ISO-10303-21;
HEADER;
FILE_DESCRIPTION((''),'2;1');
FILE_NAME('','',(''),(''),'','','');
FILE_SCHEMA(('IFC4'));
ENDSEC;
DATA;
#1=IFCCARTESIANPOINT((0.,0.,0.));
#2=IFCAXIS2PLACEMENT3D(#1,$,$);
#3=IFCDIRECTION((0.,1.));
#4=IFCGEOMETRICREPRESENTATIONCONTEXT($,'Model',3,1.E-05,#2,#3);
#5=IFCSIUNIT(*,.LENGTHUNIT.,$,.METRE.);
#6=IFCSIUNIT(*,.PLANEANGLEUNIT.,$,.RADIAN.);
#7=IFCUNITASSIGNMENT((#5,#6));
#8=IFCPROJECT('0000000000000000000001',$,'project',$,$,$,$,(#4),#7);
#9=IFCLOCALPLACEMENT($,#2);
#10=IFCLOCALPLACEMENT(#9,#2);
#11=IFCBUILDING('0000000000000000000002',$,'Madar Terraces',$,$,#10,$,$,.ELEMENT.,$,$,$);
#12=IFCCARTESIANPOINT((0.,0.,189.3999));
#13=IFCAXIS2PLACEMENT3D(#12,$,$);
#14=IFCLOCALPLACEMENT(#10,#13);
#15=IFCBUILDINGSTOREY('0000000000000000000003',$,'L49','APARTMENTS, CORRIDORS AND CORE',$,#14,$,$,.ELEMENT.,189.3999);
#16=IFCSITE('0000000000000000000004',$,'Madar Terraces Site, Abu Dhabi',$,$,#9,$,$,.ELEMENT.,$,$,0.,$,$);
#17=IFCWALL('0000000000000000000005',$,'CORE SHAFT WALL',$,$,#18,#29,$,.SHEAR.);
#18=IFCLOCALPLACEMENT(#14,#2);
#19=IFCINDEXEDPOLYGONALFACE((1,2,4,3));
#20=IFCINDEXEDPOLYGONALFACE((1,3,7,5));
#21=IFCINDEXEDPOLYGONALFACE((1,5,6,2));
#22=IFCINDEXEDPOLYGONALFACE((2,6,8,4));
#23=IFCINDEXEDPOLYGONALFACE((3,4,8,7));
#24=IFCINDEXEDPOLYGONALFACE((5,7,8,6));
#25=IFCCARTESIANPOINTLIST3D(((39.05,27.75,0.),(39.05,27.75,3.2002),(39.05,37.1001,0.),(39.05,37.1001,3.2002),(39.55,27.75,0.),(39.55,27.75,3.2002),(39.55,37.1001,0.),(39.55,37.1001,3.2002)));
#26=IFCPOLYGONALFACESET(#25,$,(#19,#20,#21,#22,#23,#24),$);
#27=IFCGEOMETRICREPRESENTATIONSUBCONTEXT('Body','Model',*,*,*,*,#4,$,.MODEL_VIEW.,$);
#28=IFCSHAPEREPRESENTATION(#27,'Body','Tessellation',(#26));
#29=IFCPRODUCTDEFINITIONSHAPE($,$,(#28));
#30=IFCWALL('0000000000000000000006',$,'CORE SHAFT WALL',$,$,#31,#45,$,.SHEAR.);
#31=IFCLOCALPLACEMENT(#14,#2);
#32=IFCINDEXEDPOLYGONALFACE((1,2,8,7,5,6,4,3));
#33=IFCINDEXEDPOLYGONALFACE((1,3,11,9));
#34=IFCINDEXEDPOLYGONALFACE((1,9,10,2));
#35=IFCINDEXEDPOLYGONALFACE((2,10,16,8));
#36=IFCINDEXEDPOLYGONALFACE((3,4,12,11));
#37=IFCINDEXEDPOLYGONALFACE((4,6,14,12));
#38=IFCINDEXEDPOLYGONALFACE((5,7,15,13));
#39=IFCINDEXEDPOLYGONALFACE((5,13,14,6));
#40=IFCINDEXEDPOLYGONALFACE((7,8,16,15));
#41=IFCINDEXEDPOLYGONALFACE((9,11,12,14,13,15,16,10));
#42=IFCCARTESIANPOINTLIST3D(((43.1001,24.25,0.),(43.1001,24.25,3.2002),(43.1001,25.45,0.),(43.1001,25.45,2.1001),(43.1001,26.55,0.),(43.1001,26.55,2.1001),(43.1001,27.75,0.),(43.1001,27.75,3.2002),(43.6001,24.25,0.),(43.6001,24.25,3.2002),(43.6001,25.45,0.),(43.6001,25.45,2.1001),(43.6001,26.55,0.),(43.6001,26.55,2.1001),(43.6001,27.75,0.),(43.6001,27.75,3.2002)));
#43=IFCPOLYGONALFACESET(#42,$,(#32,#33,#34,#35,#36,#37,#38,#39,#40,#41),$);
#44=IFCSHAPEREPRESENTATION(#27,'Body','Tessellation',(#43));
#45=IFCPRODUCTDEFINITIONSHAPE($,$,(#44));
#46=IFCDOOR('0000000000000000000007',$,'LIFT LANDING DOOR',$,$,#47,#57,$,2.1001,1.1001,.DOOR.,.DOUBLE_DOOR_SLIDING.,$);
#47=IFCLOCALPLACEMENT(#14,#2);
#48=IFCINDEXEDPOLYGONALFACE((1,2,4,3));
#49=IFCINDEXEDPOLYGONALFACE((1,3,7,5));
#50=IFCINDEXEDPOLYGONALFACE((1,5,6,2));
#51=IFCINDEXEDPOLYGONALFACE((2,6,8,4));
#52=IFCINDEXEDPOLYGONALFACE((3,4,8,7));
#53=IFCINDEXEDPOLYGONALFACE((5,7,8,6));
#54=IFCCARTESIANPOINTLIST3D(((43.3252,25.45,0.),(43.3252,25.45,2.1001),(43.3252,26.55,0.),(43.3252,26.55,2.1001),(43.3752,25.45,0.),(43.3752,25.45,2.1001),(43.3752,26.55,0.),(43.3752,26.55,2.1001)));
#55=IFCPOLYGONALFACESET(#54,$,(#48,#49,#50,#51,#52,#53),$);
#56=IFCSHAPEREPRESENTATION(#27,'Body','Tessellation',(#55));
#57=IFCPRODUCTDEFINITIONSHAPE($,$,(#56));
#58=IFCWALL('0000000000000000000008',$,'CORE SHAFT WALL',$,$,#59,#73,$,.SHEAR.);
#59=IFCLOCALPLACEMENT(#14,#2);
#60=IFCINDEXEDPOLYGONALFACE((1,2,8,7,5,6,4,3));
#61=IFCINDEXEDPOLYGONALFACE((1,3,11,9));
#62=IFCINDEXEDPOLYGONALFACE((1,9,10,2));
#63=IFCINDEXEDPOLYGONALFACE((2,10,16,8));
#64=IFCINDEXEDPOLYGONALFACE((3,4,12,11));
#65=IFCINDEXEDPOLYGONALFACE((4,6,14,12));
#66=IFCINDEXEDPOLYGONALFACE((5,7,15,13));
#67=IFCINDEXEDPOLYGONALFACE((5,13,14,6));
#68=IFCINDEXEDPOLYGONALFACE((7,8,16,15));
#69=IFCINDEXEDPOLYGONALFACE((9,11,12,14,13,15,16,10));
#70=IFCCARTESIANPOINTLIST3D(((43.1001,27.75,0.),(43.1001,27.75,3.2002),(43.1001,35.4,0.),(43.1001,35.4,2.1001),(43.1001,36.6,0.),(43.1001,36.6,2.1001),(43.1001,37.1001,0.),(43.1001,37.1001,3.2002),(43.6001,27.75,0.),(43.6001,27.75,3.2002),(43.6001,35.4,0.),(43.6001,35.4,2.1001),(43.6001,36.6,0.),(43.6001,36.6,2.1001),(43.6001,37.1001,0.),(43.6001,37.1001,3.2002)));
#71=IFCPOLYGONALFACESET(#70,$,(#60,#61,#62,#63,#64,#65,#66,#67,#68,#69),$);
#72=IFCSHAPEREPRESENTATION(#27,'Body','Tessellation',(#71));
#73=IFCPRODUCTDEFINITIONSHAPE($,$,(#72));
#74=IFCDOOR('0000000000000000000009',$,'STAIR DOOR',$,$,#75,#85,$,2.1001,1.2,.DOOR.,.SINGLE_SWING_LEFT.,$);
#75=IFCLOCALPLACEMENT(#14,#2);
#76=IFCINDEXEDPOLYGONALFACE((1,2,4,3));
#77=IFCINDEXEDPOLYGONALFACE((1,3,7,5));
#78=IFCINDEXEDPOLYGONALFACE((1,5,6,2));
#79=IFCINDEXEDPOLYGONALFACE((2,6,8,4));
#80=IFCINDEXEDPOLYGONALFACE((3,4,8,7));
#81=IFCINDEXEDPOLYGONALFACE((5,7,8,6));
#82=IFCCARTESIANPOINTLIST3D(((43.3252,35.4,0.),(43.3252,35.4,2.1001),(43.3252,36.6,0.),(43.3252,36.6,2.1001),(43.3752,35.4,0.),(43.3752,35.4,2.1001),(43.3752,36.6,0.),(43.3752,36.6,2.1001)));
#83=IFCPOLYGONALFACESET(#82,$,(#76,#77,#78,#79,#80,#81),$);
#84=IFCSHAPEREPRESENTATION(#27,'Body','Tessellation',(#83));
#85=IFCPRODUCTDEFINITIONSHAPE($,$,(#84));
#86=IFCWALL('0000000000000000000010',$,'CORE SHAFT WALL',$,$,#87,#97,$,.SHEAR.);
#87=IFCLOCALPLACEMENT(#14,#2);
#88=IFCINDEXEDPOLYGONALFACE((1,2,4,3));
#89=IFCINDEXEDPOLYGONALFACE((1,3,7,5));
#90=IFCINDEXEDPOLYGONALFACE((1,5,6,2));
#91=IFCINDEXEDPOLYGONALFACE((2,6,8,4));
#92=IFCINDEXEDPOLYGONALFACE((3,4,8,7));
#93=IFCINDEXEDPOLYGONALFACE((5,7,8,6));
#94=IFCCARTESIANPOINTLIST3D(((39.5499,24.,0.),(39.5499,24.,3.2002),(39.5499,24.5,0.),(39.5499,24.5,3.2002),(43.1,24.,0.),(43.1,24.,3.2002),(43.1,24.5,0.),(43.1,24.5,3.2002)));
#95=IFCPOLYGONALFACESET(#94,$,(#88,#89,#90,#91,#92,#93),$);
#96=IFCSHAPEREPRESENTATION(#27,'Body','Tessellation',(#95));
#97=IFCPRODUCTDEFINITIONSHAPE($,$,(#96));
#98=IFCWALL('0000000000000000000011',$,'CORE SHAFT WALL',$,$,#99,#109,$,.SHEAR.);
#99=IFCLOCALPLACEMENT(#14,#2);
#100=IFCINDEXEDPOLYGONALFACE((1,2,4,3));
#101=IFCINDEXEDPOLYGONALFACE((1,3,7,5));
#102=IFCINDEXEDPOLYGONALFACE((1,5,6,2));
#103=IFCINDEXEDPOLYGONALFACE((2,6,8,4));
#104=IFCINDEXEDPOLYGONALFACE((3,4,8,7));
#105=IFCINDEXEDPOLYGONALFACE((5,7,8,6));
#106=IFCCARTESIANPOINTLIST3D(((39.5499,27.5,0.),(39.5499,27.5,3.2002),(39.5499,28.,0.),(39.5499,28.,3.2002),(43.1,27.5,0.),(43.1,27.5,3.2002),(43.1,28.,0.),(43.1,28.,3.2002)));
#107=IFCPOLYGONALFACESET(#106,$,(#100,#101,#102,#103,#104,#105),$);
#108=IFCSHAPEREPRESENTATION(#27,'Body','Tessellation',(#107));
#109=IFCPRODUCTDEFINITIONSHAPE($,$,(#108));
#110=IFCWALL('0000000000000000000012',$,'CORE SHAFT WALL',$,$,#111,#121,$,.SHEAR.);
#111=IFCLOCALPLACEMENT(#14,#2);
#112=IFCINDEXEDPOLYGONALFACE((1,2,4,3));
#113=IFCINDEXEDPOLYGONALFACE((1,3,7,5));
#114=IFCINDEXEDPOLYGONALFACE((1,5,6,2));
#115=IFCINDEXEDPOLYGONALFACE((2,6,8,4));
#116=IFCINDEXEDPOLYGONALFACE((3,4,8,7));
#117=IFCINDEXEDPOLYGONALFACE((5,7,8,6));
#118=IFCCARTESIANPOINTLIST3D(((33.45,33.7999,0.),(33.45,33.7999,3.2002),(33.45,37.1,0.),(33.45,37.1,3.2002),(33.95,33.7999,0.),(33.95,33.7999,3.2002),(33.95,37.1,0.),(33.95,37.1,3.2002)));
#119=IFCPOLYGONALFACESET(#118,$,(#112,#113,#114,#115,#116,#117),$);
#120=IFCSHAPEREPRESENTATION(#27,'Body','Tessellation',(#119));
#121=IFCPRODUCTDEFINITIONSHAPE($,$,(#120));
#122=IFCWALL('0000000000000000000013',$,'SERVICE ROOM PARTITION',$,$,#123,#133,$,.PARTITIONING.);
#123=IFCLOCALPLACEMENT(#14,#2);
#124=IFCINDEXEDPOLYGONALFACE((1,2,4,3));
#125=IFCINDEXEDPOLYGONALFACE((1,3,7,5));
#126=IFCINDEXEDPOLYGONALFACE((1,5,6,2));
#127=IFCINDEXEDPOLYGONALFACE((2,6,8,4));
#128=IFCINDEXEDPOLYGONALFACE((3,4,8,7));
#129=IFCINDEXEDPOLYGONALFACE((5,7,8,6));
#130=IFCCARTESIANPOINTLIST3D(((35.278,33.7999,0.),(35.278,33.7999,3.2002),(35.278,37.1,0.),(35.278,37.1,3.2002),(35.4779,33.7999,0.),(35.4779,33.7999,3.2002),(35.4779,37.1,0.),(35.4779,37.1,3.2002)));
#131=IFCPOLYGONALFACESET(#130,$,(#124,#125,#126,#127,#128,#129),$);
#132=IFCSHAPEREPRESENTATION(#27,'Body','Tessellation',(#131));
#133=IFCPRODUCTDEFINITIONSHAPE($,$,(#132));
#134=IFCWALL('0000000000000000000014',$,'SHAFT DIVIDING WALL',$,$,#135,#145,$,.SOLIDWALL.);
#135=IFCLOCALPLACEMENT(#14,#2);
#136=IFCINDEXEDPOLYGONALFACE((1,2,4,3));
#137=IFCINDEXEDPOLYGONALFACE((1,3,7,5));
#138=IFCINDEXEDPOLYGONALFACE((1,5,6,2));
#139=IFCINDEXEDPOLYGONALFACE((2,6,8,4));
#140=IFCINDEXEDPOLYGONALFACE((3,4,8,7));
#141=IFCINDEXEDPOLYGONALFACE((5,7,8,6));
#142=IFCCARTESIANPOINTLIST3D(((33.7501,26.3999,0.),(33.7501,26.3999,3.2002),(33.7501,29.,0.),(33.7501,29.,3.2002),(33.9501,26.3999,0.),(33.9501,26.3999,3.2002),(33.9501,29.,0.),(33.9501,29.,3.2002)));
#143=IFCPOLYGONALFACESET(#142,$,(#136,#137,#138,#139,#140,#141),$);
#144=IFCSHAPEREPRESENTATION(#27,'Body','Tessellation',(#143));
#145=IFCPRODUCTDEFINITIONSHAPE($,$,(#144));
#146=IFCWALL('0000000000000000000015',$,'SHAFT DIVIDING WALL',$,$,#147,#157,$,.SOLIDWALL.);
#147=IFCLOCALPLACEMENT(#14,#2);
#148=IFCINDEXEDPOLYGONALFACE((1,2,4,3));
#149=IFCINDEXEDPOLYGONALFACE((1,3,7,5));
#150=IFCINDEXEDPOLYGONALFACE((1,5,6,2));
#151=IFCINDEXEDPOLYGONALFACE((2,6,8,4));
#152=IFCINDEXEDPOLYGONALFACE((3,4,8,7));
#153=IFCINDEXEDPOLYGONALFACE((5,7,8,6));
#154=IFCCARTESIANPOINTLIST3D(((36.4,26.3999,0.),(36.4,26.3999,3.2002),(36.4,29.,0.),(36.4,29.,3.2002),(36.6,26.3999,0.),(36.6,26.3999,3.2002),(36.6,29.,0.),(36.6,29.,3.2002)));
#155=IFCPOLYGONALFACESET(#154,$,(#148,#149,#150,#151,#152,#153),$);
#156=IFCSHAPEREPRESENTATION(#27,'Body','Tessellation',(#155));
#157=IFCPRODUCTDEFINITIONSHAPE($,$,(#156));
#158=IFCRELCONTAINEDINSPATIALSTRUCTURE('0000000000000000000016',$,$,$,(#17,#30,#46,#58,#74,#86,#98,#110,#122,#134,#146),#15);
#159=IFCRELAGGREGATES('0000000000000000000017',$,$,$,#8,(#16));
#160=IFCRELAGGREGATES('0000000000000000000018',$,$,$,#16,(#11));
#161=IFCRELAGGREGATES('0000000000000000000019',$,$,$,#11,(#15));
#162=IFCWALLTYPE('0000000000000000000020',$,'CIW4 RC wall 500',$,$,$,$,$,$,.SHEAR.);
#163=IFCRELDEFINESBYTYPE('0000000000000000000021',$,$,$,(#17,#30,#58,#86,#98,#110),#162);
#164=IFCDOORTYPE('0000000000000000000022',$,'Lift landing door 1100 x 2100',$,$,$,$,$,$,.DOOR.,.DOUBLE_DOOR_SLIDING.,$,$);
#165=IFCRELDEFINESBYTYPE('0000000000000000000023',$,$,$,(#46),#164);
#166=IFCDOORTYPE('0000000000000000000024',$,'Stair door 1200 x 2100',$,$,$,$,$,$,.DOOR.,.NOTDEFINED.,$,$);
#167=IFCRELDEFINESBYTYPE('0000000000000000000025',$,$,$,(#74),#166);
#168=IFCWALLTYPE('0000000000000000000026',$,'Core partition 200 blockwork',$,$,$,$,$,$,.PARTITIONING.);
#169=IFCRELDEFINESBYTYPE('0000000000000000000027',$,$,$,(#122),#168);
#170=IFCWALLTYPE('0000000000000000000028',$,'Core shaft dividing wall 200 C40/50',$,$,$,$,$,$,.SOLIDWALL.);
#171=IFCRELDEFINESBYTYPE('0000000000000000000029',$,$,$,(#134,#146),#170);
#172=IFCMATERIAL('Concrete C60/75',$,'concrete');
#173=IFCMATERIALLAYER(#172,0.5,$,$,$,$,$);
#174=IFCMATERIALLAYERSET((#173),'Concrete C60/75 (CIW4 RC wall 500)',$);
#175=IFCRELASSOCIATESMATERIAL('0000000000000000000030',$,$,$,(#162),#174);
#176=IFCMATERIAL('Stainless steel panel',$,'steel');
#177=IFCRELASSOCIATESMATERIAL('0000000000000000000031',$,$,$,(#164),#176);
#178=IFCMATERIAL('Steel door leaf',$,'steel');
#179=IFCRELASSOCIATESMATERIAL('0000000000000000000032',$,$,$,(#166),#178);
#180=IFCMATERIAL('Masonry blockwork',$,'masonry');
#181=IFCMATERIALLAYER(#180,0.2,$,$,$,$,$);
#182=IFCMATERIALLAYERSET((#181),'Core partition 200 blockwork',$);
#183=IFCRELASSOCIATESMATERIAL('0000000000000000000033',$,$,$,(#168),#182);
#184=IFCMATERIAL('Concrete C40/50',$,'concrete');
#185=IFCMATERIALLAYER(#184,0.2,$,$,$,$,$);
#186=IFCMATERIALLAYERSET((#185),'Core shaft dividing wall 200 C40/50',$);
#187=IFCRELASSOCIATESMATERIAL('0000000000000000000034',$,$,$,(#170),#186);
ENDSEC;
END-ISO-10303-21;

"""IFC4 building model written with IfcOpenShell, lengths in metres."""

from ifc_helpers import new_model, si_unit, direction, frame, frame_2d, origin, place, context, subcontext, project, spatial, rectangle, extrude, material, layer, layer_set, type_object, element, fill, save


model = new_model("IFC4")

# Units and contexts
model_context = context("Model", 3, precision=1e-05, world=origin(), true_north=direction((0.0, 1.0)))
body_context = subcontext(model_context, "Body", "Model", "MODEL_VIEW")
ifc_project = project(units=[si_unit("LENGTHUNIT", "METRE"), si_unit("PLANEANGLEUNIT", "RADIAN")], contexts=[model_context])

# Site, building, storey
site_placement = place(None, origin())
site = spatial("IfcSite", under=ifc_project, at=site_placement, Name="Madar Terraces Site, Abu Dhabi", CompositionType="ELEMENT", RefElevation=0.0)
building_placement = place(site_placement, origin())
building = spatial("IfcBuilding", under=site, at=building_placement, Name="Madar Terraces", CompositionType="ELEMENT")
storey_placement = place(building_placement, frame((0.0, 0.0, 189.3999)))
storey = spatial("IfcBuildingStorey", under=building, at=storey_placement, Name="L49", Description="APARTMENTS, CORRIDORS AND CORE", CompositionType="ELEMENT", Elevation=189.3999)

# Wall
ifc_material_1 = material(Name="Concrete C60/75", Category="concrete")
ifc_layer_1 = layer(ifc_material_1, 0.5)
ifc_layer_set_1 = layer_set([ifc_layer_1], Name="Concrete C60/75 (CIW4 RC wall 500)")
wall_type_1 = type_object("IfcWallType", Name="CIW4 RC wall 500", PredefinedType="SHEAR", material=ifc_layer_set_1)
wall_1_placement = place(storey_placement, frame((39.3, 27.75, 0.0), z_axis=(0.0, 0.0, 1.0), x_axis=(0.0, 1.0, 0.0)))
element("IfcWall", 1, at=wall_1_placement, inside=storey, type_object=wall_type_1, Name="CORE SHAFT WALL", PredefinedType="SHEAR", context=body_context, shape_type="SweptSolid", body=[
    extrude(rectangle(XDim=9.3501, YDim=0.5, at=frame_2d((4.675, 0.0))), origin(), (0.0, 0.0, 1.0), 3.2002),
])

# Walls, openings, doors
wall_2_placement = place(storey_placement, frame((43.3501, 24.25, 0.0), z_axis=(0.0, 0.0, 1.0), x_axis=(0.0, 1.0, 0.0)))
wall_2 = element("IfcWall", 2, at=wall_2_placement, inside=storey, type_object=wall_type_1, Name="CORE SHAFT WALL", PredefinedType="SHEAR", context=body_context, shape_type="SweptSolid", body=[
    extrude(rectangle(XDim=3.5, YDim=0.5, at=frame_2d((1.75, 0.0))), origin(), (0.0, 0.0, 1.0), 3.2002),
])
opening_1_placement = place(wall_2_placement, frame((1.2, 0.0, 0.0)))
opening_1 = element("IfcOpeningElement", 3, at=opening_1_placement, cuts=wall_2, PredefinedType="OPENING", context=body_context, shape_type="SweptSolid", body=[
    extrude(rectangle(XDim=1.1001, YDim=2.1001, at=frame_2d((0.55, 1.05))), frame((0.0, 0.26, 0.0), z_axis=(0.0, -1.0, 0.0), x_axis=(1.0, 0.0, 0.0)), (0.0, 0.0, 1.0), 0.52),
])
ifc_material_2 = material(Name="Stainless steel panel", Category="steel")
door_type_1 = type_object("IfcDoorType", Name="Lift landing door 1100 x 2100", OperationType="DOUBLE_DOOR_SLIDING", PredefinedType="DOOR", material=ifc_material_2)
door_1_placement = place(opening_1_placement, origin())
door_1 = element("IfcDoor", 4, at=door_1_placement, inside=storey, type_object=door_type_1, Name="LIFT LANDING DOOR", OperationType="DOUBLE_DOOR_SLIDING", OverallHeight=2.1001, OverallWidth=1.1001, PredefinedType="DOOR", context=body_context, shape_type="SweptSolid", body=[
    extrude(rectangle(XDim=1.1001, YDim=2.1001, at=frame_2d((0.55, 1.05))), frame((0.0, 0.0249, 0.0), z_axis=(0.0, -1.0, 0.0), x_axis=(1.0, 0.0, 0.0)), (0.0, 0.0, 1.0), 0.05),
])
fill(opening_1, door_1)
wall_3_placement = place(storey_placement, frame((43.3501, 27.75, 0.0), z_axis=(0.0, 0.0, 1.0), x_axis=(0.0, 1.0, 0.0)))
wall_3 = element("IfcWall", 5, at=wall_3_placement, inside=storey, type_object=wall_type_1, Name="CORE SHAFT WALL", PredefinedType="SHEAR", context=body_context, shape_type="SweptSolid", body=[
    extrude(rectangle(XDim=9.3501, YDim=0.5, at=frame_2d((4.675, 0.0))), origin(), (0.0, 0.0, 1.0), 3.2002),
])
opening_2_placement = place(wall_3_placement, frame((7.6499, 0.0, 0.0)))
opening_2 = element("IfcOpeningElement", 6, at=opening_2_placement, cuts=wall_3, PredefinedType="OPENING", context=body_context, shape_type="SweptSolid", body=[
    extrude(rectangle(XDim=1.2, YDim=2.1001, at=frame_2d((0.6001, 1.05))), frame((0.0, 0.26, 0.0), z_axis=(0.0, -1.0, 0.0), x_axis=(1.0, 0.0, 0.0)), (0.0, 0.0, 1.0), 0.52),
])
ifc_material_3 = material(Name="Steel door leaf", Category="steel")
door_type_2 = type_object("IfcDoorType", Name="Stair door 1200 x 2100", OperationType="NOTDEFINED", PredefinedType="DOOR", material=ifc_material_3)
door_2_placement = place(opening_2_placement, origin())
door_2 = element("IfcDoor", 7, at=door_2_placement, inside=storey, type_object=door_type_2, Name="STAIR DOOR", OperationType="SINGLE_SWING_LEFT", OverallHeight=2.1001, OverallWidth=1.2, PredefinedType="DOOR", context=body_context, shape_type="SweptSolid", body=[
    extrude(rectangle(XDim=1.2, YDim=2.1001, at=frame_2d((0.6001, 1.05))), frame((0.0, 0.0249, 0.0), z_axis=(0.0, -1.0, 0.0), x_axis=(1.0, 0.0, 0.0)), (0.0, 0.0, 1.0), 0.05),
])
fill(opening_2, door_2)

# Walls
for number, where, z_axis, x_axis, name in (
    (8, (39.55, 24.25, 0.0), (0.0, 0.0, 1.0), (1.0, 0.0, 0.0), "CORE SHAFT WALL"),
    (9, (39.55, 27.75, 0.0), (0.0, 0.0, 1.0), (1.0, 0.0, 0.0), "CORE SHAFT WALL"),
):
    element("IfcWall", number, at=place(storey_placement, frame(where, z_axis=z_axis, x_axis=x_axis)), inside=storey, type_object=wall_type_1, Name=name, PredefinedType="SHEAR", context=body_context, shape_type="SweptSolid", body=[
        extrude(rectangle(XDim=3.55, YDim=0.5, at=frame_2d((1.7749, 0.0))), origin(), (0.0, 0.0, 1.0), 3.2002),
    ])
wall_4_placement = place(storey_placement, frame((33.7, 33.8, 0.0), z_axis=(0.0, 0.0, 1.0), x_axis=(0.0, 1.0, 0.0)))
element("IfcWall", 10, at=wall_4_placement, inside=storey, type_object=wall_type_1, Name="CORE SHAFT WALL", PredefinedType="SHEAR", context=body_context, shape_type="SweptSolid", body=[
    extrude(rectangle(XDim=3.3, YDim=0.5, at=frame_2d((1.6499, 0.0))), origin(), (0.0, 0.0, 1.0), 3.2002),
])
ifc_material_4 = material(Name="Masonry blockwork", Category="masonry")
ifc_layer_2 = layer(ifc_material_4, 0.2)
ifc_layer_set_2 = layer_set([ifc_layer_2], Name="Core partition 200 blockwork")
wall_type_2 = type_object("IfcWallType", Name="Core partition 200 blockwork", PredefinedType="PARTITIONING", material=ifc_layer_set_2)
wall_5_placement = place(storey_placement, frame((35.3779, 33.8, 0.0), z_axis=(0.0, 0.0, 1.0), x_axis=(0.0, 1.0, 0.0)))
element("IfcWall", 11, at=wall_5_placement, inside=storey, type_object=wall_type_2, Name="SERVICE ROOM PARTITION", PredefinedType="PARTITIONING", context=body_context, shape_type="SweptSolid", body=[
    extrude(rectangle(XDim=3.3, YDim=0.2, at=frame_2d((1.6499, 0.0))), origin(), (0.0, 0.0, 1.0), 3.2002),
])
ifc_material_5 = material(Name="Concrete C40/50", Category="concrete")
ifc_layer_3 = layer(ifc_material_5, 0.2)
ifc_layer_set_3 = layer_set([ifc_layer_3], Name="Core shaft dividing wall 200 C40/50")
wall_type_3 = type_object("IfcWallType", Name="Core shaft dividing wall 200 C40/50", PredefinedType="SOLIDWALL", material=ifc_layer_set_3)
for number, where, z_axis, x_axis, name in (
    (12, (33.8501, 26.3999, 0.0), (0.0, 0.0, 1.0), (0.0, 1.0, 0.0), "SHAFT DIVIDING WALL"),
    (13, (36.5, 26.3999, 0.0), (0.0, 0.0, 1.0), (0.0, 1.0, 0.0), "SHAFT DIVIDING WALL"),
):
    element("IfcWall", number, at=place(storey_placement, frame(where, z_axis=z_axis, x_axis=x_axis)), inside=storey, type_object=wall_type_3, Name=name, PredefinedType="SOLIDWALL", context=body_context, shape_type="SweptSolid", body=[
        extrude(rectangle(XDim=2.6001, YDim=0.2, at=frame_2d((1.3, 0.0))), origin(), (0.0, 0.0, 1.0), 3.2002),
    ])

save(model, "model.ifc")
